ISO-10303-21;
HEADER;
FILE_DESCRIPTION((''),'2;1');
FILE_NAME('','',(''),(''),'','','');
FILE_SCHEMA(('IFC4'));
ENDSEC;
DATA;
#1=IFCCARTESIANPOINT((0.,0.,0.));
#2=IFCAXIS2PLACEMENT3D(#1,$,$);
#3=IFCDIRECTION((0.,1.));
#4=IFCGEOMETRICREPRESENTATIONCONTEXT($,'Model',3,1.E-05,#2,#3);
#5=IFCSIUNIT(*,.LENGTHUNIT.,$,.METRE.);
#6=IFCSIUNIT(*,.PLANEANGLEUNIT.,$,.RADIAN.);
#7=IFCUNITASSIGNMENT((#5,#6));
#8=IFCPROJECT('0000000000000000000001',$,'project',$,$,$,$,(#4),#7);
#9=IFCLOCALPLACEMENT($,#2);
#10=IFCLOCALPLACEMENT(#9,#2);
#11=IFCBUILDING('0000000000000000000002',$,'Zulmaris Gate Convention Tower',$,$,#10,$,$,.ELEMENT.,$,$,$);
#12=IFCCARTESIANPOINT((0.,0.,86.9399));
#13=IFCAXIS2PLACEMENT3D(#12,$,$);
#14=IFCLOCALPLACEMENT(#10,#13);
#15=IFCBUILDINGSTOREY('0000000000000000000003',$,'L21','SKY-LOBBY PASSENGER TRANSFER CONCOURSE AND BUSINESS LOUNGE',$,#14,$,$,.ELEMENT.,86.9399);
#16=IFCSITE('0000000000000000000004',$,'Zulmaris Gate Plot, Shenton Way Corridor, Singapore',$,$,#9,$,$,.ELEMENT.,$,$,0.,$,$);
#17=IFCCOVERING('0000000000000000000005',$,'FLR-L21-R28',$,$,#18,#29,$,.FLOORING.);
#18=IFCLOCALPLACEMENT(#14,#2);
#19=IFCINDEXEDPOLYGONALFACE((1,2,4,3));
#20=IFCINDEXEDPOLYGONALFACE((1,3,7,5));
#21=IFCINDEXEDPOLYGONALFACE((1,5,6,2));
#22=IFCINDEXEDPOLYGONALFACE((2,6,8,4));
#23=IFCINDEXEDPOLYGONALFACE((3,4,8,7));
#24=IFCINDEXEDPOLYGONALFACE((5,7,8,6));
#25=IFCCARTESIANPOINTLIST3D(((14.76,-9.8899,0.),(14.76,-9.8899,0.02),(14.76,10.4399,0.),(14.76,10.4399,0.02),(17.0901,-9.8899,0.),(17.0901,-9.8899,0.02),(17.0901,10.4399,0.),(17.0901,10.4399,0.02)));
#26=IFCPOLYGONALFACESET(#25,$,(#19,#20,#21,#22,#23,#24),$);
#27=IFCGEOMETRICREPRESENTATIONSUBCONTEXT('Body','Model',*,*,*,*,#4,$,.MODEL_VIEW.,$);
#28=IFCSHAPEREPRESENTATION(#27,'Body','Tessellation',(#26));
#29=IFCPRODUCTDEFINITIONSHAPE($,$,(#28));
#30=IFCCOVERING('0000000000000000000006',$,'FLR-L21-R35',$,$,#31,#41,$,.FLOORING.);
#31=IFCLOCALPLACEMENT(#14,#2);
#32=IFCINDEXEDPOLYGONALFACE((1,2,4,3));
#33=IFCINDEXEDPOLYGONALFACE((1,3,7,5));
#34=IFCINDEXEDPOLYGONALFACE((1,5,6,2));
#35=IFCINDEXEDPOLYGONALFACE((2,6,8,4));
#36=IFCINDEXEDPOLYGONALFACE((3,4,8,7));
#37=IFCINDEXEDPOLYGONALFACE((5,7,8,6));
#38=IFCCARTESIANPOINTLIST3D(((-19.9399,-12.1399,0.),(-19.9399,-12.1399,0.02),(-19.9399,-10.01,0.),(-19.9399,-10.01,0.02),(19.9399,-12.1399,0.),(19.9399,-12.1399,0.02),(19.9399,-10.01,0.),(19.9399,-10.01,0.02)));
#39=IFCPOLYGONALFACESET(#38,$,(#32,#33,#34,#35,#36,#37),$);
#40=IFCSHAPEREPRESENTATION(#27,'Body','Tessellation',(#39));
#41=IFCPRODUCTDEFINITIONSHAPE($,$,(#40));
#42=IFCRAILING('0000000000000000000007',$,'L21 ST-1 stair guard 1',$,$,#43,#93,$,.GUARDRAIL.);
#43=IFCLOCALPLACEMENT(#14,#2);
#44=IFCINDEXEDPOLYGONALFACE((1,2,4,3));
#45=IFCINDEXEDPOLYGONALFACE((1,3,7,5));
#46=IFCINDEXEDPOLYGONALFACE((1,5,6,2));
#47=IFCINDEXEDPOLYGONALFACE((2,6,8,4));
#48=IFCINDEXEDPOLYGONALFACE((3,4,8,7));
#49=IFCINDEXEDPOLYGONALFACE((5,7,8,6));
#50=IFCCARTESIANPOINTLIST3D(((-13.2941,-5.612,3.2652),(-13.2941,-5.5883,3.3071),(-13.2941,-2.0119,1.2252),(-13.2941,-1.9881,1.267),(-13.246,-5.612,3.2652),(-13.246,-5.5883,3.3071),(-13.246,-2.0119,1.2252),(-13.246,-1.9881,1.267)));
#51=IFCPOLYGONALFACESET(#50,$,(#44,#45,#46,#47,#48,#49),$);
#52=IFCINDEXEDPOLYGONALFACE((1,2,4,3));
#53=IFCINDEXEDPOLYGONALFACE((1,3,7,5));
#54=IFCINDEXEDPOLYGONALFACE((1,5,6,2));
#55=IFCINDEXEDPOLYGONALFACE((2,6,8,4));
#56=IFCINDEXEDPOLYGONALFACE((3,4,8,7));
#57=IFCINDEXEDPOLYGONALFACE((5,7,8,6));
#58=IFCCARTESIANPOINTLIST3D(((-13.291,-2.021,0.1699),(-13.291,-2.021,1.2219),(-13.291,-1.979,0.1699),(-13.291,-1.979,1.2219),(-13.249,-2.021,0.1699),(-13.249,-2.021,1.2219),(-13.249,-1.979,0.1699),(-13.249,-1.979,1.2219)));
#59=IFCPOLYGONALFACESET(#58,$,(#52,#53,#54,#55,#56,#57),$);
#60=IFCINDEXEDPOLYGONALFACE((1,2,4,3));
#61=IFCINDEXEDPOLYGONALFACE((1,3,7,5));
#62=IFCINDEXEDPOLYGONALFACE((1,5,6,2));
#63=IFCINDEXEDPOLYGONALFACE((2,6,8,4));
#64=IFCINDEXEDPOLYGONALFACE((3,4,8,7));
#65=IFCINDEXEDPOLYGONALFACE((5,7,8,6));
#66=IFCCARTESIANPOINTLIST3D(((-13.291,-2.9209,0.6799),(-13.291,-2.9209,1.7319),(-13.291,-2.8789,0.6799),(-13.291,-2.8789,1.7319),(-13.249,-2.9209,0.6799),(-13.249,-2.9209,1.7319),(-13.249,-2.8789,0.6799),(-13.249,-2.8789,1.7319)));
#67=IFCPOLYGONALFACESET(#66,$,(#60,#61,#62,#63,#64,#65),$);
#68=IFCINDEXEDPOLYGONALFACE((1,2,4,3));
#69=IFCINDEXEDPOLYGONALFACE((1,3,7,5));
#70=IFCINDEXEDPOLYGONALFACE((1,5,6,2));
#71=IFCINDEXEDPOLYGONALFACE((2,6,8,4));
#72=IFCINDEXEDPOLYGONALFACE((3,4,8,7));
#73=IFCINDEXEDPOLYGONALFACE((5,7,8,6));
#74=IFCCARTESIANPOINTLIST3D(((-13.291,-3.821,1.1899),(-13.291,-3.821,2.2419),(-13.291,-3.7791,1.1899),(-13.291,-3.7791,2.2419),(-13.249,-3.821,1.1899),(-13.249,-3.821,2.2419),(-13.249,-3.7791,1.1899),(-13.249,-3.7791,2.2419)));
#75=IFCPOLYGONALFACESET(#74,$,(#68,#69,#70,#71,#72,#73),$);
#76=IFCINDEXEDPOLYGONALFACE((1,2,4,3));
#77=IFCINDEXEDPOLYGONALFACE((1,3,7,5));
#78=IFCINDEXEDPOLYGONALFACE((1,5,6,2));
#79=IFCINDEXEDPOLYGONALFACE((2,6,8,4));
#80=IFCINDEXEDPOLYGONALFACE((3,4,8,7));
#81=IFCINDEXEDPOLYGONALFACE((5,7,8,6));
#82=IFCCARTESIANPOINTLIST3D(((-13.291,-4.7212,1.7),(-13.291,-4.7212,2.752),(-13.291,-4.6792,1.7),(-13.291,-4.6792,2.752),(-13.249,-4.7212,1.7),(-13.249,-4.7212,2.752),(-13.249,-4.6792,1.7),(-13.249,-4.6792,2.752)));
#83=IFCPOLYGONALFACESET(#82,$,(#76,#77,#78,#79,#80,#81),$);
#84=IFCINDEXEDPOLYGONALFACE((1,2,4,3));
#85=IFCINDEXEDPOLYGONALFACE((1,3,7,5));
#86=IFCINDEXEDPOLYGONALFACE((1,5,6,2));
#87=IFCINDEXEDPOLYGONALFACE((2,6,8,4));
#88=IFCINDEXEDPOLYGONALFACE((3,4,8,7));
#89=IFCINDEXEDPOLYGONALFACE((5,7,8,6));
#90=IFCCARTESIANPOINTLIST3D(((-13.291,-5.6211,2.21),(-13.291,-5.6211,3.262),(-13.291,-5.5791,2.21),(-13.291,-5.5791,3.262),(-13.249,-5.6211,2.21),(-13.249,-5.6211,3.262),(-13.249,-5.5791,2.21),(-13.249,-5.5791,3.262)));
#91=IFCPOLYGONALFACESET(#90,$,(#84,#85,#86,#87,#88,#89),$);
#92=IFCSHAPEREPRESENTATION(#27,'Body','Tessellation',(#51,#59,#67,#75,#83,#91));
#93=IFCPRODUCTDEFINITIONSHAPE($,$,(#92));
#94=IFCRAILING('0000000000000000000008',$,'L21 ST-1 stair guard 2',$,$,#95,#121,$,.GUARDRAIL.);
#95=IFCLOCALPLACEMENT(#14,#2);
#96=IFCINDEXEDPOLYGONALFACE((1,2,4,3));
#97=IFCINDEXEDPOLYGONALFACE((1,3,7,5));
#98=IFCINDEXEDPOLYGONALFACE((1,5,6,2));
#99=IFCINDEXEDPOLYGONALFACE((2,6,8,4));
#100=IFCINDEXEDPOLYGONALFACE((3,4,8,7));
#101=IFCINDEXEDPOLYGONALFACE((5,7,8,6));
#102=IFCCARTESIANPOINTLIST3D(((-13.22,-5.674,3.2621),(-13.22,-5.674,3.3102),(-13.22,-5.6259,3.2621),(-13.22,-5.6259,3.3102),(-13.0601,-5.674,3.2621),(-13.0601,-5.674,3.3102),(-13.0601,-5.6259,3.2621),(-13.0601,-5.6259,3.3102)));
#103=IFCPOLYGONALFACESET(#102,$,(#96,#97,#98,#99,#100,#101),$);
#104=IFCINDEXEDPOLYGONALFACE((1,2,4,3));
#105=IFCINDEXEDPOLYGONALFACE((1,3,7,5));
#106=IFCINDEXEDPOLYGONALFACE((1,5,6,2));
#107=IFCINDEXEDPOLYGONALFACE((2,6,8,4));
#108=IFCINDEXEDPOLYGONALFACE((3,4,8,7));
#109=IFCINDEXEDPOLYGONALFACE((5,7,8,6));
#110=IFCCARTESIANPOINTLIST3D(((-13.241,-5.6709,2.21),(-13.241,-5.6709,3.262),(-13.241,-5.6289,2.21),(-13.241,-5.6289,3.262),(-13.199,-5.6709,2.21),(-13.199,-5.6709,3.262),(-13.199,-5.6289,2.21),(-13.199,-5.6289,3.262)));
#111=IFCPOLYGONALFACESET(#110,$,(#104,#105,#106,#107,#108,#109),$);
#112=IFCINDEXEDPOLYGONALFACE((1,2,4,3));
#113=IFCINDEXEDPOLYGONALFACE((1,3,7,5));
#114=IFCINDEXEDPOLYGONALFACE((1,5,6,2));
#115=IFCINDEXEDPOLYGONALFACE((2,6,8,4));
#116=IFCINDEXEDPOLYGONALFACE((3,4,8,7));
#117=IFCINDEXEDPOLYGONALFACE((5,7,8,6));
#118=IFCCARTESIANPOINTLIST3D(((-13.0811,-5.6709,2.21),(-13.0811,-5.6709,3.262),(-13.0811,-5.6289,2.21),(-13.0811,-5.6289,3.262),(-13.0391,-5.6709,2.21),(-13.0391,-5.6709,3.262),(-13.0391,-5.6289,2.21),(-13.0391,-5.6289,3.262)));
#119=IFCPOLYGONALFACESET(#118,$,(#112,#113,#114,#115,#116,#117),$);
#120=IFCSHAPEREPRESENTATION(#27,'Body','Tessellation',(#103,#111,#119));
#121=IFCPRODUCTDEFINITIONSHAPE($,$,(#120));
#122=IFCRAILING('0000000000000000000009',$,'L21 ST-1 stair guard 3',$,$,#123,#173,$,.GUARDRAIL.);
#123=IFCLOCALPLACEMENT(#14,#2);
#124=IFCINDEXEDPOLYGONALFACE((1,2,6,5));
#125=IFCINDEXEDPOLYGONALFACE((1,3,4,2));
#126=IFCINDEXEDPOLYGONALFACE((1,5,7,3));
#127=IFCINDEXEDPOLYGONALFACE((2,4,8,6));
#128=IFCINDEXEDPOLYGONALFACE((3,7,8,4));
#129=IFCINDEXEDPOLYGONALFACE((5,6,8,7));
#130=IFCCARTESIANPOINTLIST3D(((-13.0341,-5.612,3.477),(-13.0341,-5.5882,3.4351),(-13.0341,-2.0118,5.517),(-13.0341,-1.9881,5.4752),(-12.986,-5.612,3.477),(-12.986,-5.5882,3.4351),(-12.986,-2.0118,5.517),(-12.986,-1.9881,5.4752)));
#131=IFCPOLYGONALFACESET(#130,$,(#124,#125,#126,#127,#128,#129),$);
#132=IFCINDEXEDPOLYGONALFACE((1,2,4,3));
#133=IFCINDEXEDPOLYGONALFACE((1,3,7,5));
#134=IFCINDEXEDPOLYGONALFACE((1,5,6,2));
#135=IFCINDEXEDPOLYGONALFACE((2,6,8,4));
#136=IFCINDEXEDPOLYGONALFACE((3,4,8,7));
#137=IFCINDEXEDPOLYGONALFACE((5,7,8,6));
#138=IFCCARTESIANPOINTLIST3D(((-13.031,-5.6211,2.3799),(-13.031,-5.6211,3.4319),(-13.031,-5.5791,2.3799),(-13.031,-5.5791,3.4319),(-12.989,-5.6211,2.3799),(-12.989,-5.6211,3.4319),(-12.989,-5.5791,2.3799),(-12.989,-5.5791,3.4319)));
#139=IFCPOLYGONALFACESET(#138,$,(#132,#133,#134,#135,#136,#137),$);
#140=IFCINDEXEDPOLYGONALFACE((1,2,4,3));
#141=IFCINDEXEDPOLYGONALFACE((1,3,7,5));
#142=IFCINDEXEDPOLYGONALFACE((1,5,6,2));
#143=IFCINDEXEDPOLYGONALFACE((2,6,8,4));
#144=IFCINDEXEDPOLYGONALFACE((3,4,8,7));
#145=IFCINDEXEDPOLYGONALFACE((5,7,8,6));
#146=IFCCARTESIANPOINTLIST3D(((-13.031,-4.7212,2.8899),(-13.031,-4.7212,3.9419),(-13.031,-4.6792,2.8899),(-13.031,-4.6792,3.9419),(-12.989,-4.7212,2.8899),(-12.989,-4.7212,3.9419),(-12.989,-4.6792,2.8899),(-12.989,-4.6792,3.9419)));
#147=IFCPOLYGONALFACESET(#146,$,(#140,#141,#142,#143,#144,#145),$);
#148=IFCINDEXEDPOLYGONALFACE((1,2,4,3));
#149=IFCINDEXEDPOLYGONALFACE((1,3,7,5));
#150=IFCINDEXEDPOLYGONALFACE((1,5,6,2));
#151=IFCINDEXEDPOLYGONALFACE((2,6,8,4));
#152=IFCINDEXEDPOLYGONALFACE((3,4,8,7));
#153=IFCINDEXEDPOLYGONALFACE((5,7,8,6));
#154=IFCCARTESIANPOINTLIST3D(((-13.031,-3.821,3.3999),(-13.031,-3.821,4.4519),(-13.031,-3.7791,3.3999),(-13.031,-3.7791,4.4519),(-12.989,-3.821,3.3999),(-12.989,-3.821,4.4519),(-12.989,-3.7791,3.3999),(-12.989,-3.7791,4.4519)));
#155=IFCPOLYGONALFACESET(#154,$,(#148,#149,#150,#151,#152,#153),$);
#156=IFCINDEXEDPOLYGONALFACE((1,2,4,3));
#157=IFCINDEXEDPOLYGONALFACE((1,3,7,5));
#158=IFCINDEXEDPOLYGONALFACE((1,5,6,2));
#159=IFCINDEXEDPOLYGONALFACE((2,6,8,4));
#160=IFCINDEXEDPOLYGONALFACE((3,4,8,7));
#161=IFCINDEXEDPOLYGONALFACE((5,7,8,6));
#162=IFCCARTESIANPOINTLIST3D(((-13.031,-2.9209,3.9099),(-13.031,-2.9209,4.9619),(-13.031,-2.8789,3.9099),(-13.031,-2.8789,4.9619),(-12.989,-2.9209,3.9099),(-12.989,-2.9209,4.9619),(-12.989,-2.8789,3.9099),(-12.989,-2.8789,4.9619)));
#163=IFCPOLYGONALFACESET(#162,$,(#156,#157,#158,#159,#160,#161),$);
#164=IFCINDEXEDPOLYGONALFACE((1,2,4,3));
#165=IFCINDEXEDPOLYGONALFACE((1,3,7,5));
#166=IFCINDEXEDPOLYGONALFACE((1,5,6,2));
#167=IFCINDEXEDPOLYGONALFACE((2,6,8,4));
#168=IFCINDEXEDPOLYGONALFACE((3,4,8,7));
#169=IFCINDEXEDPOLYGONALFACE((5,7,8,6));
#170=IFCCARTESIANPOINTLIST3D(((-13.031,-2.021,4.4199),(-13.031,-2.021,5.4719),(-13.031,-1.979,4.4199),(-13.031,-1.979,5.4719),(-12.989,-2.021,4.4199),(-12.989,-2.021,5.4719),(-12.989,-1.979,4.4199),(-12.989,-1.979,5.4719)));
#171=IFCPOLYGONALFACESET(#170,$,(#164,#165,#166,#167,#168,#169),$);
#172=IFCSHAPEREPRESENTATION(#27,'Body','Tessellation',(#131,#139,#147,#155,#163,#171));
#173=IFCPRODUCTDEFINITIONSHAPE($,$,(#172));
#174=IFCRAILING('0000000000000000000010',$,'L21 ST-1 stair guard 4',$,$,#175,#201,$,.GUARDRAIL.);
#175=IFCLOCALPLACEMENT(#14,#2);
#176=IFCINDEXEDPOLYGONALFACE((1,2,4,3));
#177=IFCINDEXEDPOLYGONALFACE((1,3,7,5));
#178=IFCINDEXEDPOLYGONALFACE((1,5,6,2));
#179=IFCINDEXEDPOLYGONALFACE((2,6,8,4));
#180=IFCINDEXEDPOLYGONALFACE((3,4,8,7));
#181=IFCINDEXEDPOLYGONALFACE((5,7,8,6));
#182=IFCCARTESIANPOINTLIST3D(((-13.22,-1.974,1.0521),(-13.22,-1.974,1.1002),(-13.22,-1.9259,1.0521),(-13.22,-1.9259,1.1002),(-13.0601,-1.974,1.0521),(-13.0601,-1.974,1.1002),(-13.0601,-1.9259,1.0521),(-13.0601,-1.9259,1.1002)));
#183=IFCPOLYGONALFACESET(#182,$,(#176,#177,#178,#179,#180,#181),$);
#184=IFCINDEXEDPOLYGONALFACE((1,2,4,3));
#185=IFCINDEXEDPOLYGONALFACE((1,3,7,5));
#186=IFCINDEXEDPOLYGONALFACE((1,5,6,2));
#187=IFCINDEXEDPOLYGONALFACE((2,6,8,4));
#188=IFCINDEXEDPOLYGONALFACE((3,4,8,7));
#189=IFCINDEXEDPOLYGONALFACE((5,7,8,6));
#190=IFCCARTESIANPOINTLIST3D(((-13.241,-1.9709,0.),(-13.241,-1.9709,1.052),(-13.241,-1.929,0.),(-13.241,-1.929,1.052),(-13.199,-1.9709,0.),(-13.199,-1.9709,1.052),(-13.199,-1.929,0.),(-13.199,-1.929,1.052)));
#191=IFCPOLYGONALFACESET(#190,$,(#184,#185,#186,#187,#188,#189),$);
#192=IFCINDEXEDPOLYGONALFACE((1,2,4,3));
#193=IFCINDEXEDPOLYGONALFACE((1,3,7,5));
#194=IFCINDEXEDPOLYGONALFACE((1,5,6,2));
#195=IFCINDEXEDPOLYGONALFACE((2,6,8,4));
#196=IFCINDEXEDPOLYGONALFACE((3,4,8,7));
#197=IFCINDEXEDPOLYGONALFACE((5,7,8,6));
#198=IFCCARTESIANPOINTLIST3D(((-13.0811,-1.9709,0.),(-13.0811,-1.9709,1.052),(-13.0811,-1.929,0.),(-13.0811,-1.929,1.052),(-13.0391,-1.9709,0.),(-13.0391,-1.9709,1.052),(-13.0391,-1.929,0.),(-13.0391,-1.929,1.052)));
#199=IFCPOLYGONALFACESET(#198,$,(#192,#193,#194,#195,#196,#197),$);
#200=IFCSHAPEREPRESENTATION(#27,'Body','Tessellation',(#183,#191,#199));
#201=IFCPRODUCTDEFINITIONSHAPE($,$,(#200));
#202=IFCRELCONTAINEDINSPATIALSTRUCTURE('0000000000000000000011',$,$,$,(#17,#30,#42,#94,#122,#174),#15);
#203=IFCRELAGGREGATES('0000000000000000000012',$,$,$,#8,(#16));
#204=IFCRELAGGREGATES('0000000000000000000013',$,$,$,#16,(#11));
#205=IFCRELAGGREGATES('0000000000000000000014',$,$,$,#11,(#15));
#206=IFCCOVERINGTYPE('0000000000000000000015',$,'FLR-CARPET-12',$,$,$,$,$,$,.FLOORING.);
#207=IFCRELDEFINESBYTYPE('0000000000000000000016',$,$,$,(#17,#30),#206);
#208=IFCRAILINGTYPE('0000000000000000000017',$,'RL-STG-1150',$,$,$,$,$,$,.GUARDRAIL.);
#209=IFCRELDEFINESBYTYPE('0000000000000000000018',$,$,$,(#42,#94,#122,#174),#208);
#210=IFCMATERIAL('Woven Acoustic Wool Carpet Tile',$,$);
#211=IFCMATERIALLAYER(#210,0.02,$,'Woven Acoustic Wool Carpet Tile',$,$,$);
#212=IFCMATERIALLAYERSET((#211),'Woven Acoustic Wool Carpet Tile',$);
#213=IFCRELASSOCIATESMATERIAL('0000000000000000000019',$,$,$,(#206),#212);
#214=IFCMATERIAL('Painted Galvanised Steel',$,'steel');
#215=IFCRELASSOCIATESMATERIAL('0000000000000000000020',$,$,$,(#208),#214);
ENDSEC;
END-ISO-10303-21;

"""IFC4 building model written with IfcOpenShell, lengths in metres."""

from ifc_helpers import new_model, si_unit, direction, frame, origin, origin_2d, place, context, subcontext, project, spatial, polyline, rectangle, outline, extrude, material, layer, layer_set, type_object, element, save


model = new_model("IFC4")

# Units and contexts
model_context = context("Model", 3, precision=1e-05, world=origin(), true_north=direction((0.0, 1.0)))
body_context = subcontext(model_context, "Body", "Model", "MODEL_VIEW")
ifc_project = project(units=[si_unit("LENGTHUNIT", "METRE"), si_unit("PLANEANGLEUNIT", "RADIAN")], contexts=[model_context])

# Site, building, storey
site_placement = place(None, origin())
site = spatial("IfcSite", under=ifc_project, at=site_placement, Name="Zulmaris Gate Plot, Shenton Way Corridor, Singapore", CompositionType="ELEMENT", RefElevation=0.0)
building_placement = place(site_placement, origin())
building = spatial("IfcBuilding", under=site, at=building_placement, Name="Zulmaris Gate Convention Tower", CompositionType="ELEMENT")
storey_placement = place(building_placement, frame((0.0, 0.0, 86.9399)))
storey = spatial("IfcBuildingStorey", under=building, at=storey_placement, Name="L21", Description="SKY-LOBBY PASSENGER TRANSFER CONCOURSE AND BUSINESS LOUNGE", CompositionType="ELEMENT", Elevation=86.9399)

# Coverings
ifc_material_1 = material(Name="Woven Acoustic Wool Carpet Tile")
ifc_layer_1 = layer(ifc_material_1, 0.02, Name="Woven Acoustic Wool Carpet Tile")
ifc_layer_set_1 = layer_set([ifc_layer_1], Name="Woven Acoustic Wool Carpet Tile")
covering_type_1 = type_object("IfcCoveringType", Name="FLR-CARPET-12", PredefinedType="FLOORING", material=ifc_layer_set_1)
covering_1_placement = place(storey_placement, origin())
element("IfcCovering", 1, at=covering_1_placement, inside=storey, type_object=covering_type_1, Name="FLR-L21-R28", PredefinedType="FLOORING", context=body_context, shape_type="SweptSolid", body=[
    extrude(outline(polyline([(14.76, -9.8899), (17.0901, -9.8899), (17.0901, 10.4399), (14.76, 10.4399), (14.76, -9.8899)])), origin(), (0.0, 0.0, 1.0), 0.02),
])
covering_2_placement = place(storey_placement, origin())
element("IfcCovering", 2, at=covering_2_placement, inside=storey, type_object=covering_type_1, Name="FLR-L21-R35", PredefinedType="FLOORING", context=body_context, shape_type="SweptSolid", body=[
    extrude(outline(polyline([(-19.9399, -12.1399), (19.9399, -12.1399), (19.9399, -10.01), (-19.9399, -10.01), (-19.9399, -12.1399)])), origin(), (0.0, 0.0, 1.0), 0.02),
])

# Railings
ifc_material_2 = material(Name="Painted Galvanised Steel", Category="steel")
railing_type_1 = type_object("IfcRailingType", Name="RL-STG-1150", PredefinedType="GUARDRAIL", material=ifc_material_2)
railing_1_placement = place(storey_placement, frame((-13.27, -2.0, 0.1699)))
element("IfcRailing", 3, at=railing_1_placement, inside=storey, type_object=railing_type_1, Name="L21 ST-1 stair guard 1", PredefinedType="GUARDRAIL", context=body_context, shape_type="SweptSolid", body=[
    extrude(rectangle(XDim=0.0481, YDim=0.0481, at=origin_2d()), frame((0.0, 0.0, 1.0762), z_axis=(0.0, -0.870024, 0.49301), x_axis=(1.0, 0.0, 0.0)), (0.0, 0.0, 1.0), 4.1379),
    extrude(rectangle(XDim=0.042, YDim=0.042, at=origin_2d()), origin(), (0.0, 0.0, 1.0), 1.052),
    extrude(rectangle(XDim=0.042, YDim=0.042, at=origin_2d()), frame((0.0, -0.8999, 0.51)), (0.0, 0.0, 1.0), 1.052),
    extrude(rectangle(XDim=0.042, YDim=0.042, at=origin_2d()), frame((0.0, -1.8, 1.02)), (0.0, 0.0, 1.0), 1.052),
    extrude(rectangle(XDim=0.042, YDim=0.042, at=origin_2d()), frame((0.0, -2.7002, 1.53)), (0.0, 0.0, 1.0), 1.052),
    extrude(rectangle(XDim=0.042, YDim=0.042, at=origin_2d()), frame((0.0, -3.6001, 2.04)), (0.0, 0.0, 1.0), 1.052),
])
railing_2_placement = place(storey_placement, frame((-13.22, -5.6499, 2.21)))
element("IfcRailing", 4, at=railing_2_placement, inside=storey, type_object=railing_type_1, Name="L21 ST-1 stair guard 2", PredefinedType="GUARDRAIL", context=body_context, shape_type="SweptSolid", body=[
    extrude(rectangle(XDim=0.0481, YDim=0.0481, at=origin_2d()), frame((0.0, 0.0, 1.0762), z_axis=(1.0, 0.0, 0.0), x_axis=(0.0, 1.0, 0.0)), (0.0, 0.0, 1.0), 0.1599),
    extrude(rectangle(XDim=0.042, YDim=0.042, at=origin_2d()), origin(), (0.0, 0.0, 1.0), 1.052),
    extrude(rectangle(XDim=0.042, YDim=0.042, at=origin_2d()), frame((0.1599, 0.0, 0.0)), (0.0, 0.0, 1.0), 1.052),
])
railing_3_placement = place(storey_placement, frame((-13.01, -5.6001, 2.3799)))
element("IfcRailing", 5, at=railing_3_placement, inside=storey, type_object=railing_type_1, Name="L21 ST-1 stair guard 3", PredefinedType="GUARDRAIL", context=body_context, shape_type="SweptSolid", body=[
    extrude(rectangle(XDim=0.0481, YDim=0.0481, at=origin_2d()), frame((0.0, 0.0, 1.0762), z_axis=(0.0, 0.870024, 0.49301), x_axis=(-1.0, 0.0, 0.0)), (0.0, 0.0, 1.0), 4.1379),
    extrude(rectangle(XDim=0.042, YDim=0.042, at=origin_2d()), origin(), (0.0, 0.0, 1.0), 1.052),
    extrude(rectangle(XDim=0.042, YDim=0.042, at=origin_2d()), frame((0.0, 0.8999, 0.51)), (0.0, 0.0, 1.0), 1.052),
    extrude(rectangle(XDim=0.042, YDim=0.042, at=origin_2d()), frame((0.0, 1.8, 1.02)), (0.0, 0.0, 1.0), 1.052),
    extrude(rectangle(XDim=0.042, YDim=0.042, at=origin_2d()), frame((0.0, 2.7002, 1.53)), (0.0, 0.0, 1.0), 1.052),
    extrude(rectangle(XDim=0.042, YDim=0.042, at=origin_2d()), frame((0.0, 3.6001, 2.04)), (0.0, 0.0, 1.0), 1.052),
])
railing_4_placement = place(storey_placement, frame((-13.22, -1.95, 0.0)))
element("IfcRailing", 6, at=railing_4_placement, inside=storey, type_object=railing_type_1, Name="L21 ST-1 stair guard 4", PredefinedType="GUARDRAIL", context=body_context, shape_type="SweptSolid", body=[
    extrude(rectangle(XDim=0.0481, YDim=0.0481, at=origin_2d()), frame((0.0, 0.0, 1.0762), z_axis=(1.0, 0.0, 0.0), x_axis=(0.0, 1.0, 0.0)), (0.0, 0.0, 1.0), 0.1599),
    extrude(rectangle(XDim=0.042, YDim=0.042, at=origin_2d()), origin(), (0.0, 0.0, 1.0), 1.052),
    extrude(rectangle(XDim=0.042, YDim=0.042, at=origin_2d()), frame((0.1599, 0.0, 0.0)), (0.0, 0.0, 1.0), 1.052),
])

save(model, "model.ifc")
